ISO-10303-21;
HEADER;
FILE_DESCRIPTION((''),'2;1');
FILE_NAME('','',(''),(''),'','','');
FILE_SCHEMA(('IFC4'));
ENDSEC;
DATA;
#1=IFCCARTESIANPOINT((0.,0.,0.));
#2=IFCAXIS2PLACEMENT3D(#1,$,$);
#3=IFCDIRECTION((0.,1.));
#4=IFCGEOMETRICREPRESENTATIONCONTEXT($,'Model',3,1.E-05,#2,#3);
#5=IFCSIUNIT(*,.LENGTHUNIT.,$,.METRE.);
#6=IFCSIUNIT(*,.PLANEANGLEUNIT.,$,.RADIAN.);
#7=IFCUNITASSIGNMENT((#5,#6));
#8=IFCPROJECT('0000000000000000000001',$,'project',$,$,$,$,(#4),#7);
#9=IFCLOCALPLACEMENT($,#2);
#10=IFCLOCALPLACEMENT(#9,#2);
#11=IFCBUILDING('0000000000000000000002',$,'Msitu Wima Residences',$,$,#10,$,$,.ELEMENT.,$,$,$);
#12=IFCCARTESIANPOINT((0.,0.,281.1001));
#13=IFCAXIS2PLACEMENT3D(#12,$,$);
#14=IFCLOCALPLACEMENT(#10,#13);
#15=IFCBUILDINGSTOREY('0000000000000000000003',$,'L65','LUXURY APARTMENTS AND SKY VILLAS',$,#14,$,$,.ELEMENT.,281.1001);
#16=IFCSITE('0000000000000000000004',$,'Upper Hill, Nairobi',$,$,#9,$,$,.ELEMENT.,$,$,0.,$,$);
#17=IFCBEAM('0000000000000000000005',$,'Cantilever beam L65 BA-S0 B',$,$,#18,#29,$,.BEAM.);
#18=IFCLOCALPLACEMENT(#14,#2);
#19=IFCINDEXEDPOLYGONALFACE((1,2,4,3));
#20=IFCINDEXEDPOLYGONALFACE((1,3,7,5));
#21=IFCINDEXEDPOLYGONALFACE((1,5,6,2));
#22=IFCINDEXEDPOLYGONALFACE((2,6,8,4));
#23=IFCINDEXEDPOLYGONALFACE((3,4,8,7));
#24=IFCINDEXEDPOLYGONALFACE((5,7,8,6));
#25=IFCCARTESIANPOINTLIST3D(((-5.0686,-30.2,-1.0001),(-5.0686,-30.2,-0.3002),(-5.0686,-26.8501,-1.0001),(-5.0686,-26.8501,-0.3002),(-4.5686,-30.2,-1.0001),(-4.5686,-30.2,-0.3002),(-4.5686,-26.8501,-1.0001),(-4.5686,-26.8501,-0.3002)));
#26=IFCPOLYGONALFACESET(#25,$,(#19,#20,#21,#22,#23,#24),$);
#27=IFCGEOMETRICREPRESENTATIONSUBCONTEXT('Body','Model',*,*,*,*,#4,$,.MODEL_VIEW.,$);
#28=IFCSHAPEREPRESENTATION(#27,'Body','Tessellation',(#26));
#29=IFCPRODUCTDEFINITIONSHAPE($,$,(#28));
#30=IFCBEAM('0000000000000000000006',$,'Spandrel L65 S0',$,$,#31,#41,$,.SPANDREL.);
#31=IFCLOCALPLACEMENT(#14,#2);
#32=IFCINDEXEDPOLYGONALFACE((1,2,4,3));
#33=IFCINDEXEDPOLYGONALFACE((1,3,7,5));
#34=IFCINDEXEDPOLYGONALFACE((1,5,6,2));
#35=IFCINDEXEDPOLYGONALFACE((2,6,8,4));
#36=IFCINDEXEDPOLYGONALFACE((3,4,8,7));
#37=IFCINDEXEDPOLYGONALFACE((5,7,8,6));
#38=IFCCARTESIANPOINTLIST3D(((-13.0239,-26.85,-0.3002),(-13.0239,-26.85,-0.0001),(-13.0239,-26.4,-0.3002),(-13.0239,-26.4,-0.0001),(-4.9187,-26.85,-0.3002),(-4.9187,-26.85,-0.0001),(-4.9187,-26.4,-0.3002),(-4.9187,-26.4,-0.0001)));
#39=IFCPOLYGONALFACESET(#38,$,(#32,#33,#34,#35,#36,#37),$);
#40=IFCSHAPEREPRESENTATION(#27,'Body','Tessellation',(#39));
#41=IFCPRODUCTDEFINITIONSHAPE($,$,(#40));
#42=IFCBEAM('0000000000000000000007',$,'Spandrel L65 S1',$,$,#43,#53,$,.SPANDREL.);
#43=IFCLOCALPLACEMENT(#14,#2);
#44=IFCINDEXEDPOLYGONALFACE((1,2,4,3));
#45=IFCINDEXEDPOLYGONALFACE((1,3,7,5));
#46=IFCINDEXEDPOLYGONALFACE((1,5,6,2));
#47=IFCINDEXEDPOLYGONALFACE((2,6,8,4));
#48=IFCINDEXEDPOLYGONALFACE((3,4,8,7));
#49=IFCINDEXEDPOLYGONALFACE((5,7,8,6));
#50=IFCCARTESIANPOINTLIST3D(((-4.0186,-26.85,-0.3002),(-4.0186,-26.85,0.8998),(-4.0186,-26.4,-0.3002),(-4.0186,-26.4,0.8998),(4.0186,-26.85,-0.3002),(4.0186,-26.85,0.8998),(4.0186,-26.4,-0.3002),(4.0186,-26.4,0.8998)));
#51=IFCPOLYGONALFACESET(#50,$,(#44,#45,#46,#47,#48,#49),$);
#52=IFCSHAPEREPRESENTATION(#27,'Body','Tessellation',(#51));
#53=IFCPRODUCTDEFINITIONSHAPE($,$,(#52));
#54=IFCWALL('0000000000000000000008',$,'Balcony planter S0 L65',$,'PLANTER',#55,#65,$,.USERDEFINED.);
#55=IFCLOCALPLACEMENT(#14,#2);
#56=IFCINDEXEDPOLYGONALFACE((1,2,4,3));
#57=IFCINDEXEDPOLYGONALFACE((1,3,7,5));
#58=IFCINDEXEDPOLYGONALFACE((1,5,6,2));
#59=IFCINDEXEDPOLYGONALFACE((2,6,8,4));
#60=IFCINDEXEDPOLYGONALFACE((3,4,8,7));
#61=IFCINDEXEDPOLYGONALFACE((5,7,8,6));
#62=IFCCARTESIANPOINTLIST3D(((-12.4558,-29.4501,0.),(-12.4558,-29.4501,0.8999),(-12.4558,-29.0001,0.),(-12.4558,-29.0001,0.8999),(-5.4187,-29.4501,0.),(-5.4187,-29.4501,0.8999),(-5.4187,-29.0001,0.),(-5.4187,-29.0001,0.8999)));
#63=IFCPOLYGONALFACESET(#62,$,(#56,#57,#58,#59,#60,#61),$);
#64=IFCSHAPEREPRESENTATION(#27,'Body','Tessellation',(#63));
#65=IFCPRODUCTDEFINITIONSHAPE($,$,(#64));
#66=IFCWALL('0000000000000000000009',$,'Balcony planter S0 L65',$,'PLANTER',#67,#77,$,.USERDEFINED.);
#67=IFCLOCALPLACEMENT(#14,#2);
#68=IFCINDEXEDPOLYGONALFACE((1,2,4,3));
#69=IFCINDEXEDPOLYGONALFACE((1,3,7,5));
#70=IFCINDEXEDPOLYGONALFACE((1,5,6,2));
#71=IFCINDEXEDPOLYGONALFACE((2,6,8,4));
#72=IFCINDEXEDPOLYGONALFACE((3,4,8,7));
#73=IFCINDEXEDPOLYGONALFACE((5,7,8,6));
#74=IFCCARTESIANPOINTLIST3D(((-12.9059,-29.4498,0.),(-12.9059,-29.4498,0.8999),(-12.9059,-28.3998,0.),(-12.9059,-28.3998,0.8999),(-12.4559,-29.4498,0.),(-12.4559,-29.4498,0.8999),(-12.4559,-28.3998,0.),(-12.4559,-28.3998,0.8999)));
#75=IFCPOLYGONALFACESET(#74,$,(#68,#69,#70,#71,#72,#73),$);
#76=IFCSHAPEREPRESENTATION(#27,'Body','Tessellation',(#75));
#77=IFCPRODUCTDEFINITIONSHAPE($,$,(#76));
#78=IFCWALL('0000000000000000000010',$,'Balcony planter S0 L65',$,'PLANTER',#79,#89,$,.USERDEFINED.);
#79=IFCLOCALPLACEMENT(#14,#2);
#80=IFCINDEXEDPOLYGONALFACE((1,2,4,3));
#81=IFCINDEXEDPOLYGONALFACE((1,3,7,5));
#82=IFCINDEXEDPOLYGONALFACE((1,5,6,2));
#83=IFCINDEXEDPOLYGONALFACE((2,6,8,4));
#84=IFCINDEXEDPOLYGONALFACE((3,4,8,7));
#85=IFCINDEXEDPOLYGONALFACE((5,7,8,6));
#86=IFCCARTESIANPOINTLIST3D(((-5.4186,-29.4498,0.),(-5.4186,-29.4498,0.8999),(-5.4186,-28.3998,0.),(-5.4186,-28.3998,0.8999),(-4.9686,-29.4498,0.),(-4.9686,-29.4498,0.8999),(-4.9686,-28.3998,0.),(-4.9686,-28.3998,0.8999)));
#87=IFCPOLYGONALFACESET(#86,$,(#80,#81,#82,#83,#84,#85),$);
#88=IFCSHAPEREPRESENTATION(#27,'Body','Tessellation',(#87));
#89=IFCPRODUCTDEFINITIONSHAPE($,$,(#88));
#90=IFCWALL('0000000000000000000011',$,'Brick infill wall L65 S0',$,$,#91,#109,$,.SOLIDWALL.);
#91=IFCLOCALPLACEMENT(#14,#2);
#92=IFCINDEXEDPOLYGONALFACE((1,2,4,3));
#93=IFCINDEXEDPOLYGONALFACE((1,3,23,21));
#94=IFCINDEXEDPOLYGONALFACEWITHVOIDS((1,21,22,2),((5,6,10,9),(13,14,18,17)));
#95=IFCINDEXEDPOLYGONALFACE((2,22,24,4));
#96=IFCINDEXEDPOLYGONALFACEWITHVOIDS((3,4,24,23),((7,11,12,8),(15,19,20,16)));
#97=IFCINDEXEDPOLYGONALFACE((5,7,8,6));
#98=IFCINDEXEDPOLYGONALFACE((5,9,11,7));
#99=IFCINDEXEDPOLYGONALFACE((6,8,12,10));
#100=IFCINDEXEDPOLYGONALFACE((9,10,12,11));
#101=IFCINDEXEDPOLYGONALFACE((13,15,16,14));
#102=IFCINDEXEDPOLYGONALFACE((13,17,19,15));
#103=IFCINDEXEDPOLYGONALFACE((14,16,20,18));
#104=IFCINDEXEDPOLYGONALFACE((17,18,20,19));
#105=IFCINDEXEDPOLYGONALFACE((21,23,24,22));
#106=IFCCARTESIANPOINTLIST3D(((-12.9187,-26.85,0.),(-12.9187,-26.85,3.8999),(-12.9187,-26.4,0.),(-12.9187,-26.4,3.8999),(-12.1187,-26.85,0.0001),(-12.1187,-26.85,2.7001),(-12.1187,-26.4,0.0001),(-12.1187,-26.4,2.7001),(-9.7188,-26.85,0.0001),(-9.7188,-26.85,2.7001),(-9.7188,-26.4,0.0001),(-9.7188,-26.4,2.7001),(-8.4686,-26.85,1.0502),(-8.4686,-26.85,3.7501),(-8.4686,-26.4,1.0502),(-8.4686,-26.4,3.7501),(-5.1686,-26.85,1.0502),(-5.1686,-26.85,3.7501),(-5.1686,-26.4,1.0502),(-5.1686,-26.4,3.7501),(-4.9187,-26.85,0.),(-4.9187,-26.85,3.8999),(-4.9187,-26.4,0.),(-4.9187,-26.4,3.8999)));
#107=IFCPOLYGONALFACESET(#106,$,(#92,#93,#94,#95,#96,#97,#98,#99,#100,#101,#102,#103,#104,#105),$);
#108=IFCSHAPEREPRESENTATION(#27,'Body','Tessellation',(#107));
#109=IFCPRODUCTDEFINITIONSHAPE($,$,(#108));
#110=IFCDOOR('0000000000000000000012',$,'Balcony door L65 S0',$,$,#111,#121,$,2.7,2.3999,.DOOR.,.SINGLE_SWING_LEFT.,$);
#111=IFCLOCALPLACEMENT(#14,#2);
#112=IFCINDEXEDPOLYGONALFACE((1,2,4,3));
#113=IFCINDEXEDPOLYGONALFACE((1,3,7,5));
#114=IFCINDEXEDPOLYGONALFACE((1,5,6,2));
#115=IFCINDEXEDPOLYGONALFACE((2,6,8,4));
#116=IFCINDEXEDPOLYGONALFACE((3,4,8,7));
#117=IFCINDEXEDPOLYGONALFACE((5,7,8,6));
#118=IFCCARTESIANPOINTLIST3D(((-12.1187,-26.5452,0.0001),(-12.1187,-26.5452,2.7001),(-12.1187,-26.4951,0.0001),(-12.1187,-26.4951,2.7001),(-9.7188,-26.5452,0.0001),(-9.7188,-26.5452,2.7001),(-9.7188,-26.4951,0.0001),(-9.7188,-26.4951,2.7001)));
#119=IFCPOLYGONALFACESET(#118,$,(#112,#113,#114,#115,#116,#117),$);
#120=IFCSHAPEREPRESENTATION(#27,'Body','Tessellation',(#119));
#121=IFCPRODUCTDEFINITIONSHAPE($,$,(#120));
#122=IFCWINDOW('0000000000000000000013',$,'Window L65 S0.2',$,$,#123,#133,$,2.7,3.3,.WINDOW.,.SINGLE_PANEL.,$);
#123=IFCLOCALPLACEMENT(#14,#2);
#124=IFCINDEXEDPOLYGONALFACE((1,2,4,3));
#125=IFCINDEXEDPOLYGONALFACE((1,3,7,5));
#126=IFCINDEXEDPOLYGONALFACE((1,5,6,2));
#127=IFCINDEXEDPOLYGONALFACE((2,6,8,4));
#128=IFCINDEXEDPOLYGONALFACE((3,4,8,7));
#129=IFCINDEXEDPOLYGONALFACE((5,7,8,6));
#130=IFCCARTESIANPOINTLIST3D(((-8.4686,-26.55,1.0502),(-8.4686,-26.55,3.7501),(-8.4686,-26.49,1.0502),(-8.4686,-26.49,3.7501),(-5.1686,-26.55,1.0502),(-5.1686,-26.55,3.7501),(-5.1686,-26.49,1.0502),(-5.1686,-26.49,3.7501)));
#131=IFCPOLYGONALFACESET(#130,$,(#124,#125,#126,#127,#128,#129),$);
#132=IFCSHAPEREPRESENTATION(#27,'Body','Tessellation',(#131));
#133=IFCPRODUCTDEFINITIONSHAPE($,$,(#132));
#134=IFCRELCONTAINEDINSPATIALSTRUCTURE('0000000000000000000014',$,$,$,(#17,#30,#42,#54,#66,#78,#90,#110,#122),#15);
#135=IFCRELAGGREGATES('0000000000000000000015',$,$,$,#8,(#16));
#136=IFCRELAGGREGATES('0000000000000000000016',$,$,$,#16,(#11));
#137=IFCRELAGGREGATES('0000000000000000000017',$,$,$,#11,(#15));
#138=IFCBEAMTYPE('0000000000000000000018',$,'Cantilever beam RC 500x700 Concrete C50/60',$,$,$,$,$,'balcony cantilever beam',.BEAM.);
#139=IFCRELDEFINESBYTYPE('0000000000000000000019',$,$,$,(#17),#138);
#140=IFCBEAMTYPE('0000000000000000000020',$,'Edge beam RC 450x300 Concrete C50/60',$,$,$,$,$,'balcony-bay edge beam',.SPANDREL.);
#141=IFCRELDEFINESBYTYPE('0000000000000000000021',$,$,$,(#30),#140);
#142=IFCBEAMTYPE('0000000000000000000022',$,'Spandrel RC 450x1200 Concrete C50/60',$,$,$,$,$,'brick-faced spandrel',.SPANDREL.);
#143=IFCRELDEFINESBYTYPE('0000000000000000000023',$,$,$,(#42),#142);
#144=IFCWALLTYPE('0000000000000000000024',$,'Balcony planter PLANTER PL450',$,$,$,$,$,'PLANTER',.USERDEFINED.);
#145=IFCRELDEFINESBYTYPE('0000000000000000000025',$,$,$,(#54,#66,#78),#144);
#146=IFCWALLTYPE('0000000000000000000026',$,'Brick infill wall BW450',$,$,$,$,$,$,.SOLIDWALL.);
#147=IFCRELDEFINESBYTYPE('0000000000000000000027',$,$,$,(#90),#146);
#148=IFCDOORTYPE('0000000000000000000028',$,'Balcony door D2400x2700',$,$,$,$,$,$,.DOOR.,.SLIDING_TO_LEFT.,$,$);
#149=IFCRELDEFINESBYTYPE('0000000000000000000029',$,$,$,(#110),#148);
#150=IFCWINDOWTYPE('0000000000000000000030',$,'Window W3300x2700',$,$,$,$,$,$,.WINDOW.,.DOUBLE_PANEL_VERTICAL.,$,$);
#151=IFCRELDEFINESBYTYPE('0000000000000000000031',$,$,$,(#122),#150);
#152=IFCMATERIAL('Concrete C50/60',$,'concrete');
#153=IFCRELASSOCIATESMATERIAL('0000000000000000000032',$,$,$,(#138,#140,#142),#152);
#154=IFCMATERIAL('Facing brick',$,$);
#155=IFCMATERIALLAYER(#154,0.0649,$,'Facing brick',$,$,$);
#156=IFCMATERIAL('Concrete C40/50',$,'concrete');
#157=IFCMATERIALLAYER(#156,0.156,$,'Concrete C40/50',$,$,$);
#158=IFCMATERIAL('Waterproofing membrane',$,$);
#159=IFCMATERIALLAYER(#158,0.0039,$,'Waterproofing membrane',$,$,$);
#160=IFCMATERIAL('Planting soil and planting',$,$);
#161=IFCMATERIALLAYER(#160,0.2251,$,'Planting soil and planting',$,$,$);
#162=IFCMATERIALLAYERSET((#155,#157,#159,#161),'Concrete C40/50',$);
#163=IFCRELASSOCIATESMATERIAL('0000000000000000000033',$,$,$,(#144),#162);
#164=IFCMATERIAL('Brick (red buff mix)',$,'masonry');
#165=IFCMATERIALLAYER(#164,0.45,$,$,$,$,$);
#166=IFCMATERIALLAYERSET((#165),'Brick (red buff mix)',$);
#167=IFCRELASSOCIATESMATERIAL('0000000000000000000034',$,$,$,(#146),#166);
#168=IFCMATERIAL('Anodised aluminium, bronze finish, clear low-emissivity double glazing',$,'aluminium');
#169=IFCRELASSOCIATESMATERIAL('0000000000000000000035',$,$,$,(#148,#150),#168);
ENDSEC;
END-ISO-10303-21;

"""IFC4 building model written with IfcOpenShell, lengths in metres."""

from ifc_helpers import new_model, si_unit, direction, frame, frame_2d, origin, origin_2d, place, context, subcontext, project, spatial, rectangle, extrude, material, layer, layer_set, material_profile, profile_set, type_object, element, fill, save


model = new_model("IFC4")

# Units and contexts
model_context = context("Model", 3, precision=1e-05, world=origin(), true_north=direction((0.0, 1.0)))
body_context = subcontext(model_context, "Body", "Model", "MODEL_VIEW")
ifc_project = project(units=[si_unit("LENGTHUNIT", "METRE"), si_unit("PLANEANGLEUNIT", "RADIAN")], contexts=[model_context])

# Site, building, storey
site_placement = place(None, origin())
site = spatial("IfcSite", under=ifc_project, at=site_placement, Name="Upper Hill, Nairobi", CompositionType="ELEMENT", RefElevation=0.0)
building_placement = place(site_placement, origin())
building = spatial("IfcBuilding", under=site, at=building_placement, Name="Msitu Wima Residences", CompositionType="ELEMENT")
storey_placement = place(building_placement, frame((0.0, 0.0, 281.1001)))
storey = spatial("IfcBuildingStorey", under=building, at=storey_placement, Name="L65", Description="LUXURY APARTMENTS AND SKY VILLAS", CompositionType="ELEMENT", Elevation=281.1001)

# Beams
ifc_material_1 = material(Name="Concrete C50/60", Category="concrete")
ifc_material_profile_1 = material_profile(ifc_material_1, rectangle(XDim=0.5, YDim=0.7, at=origin_2d()), Name="RC 500x700")
ifc_profile_set_1 = profile_set([ifc_material_profile_1], Name="Concrete C50/60")
beam_type_1 = type_object("IfcBeamType", Name="Cantilever beam RC 500x700 Concrete C50/60", ElementType="balcony cantilever beam", PredefinedType="BEAM", material=ifc_profile_set_1)
beam_1_placement = place(storey_placement, frame((-4.8186, -26.8501, -0.6501), z_axis=(0.0, -1.0, 0.0), x_axis=(1.0, 0.0, 0.0)))
element("IfcBeam", 1, at=beam_1_placement, inside=storey, type_object=beam_type_1, Name="Cantilever beam L65 BA-S0 B", PredefinedType="BEAM", context=body_context, shape_type="SweptSolid", body=[
    extrude(rectangle(XDim=0.5, YDim=0.7, at=origin_2d()), origin(), (0.0, 0.0, 1.0), 3.3499),
])
ifc_material_profile_2 = material_profile(ifc_material_1, rectangle(XDim=0.45, YDim=0.3, at=origin_2d()), Name="RC 450x300")
ifc_profile_set_2 = profile_set([ifc_material_profile_2], Name="Concrete C50/60")
beam_type_2 = type_object("IfcBeamType", Name="Edge beam RC 450x300 Concrete C50/60", ElementType="balcony-bay edge beam", PredefinedType="SPANDREL", material=ifc_profile_set_2)
beam_2_placement = place(storey_placement, frame((-13.0239, -26.625, -0.1501), z_axis=(1.0, 0.0, 0.0), x_axis=(0.0, 1.0, 0.0)))
element("IfcBeam", 2, at=beam_2_placement, inside=storey, type_object=beam_type_2, Name="Spandrel L65 S0", PredefinedType="SPANDREL", context=body_context, shape_type="SweptSolid", body=[
    extrude(rectangle(XDim=0.45, YDim=0.3, at=origin_2d()), origin(), (0.0, 0.0, 1.0), 8.1052),
])
ifc_material_profile_3 = material_profile(ifc_material_1, rectangle(XDim=0.45, YDim=1.2, at=origin_2d()), Name="RC 450x1200")
ifc_profile_set_3 = profile_set([ifc_material_profile_3], Name="Concrete C50/60")
beam_type_3 = type_object("IfcBeamType", Name="Spandrel RC 450x1200 Concrete C50/60", ElementType="brick-faced spandrel", PredefinedType="SPANDREL", material=ifc_profile_set_3)
beam_3_placement = place(storey_placement, frame((-4.0186, -26.625, 0.2998), z_axis=(1.0, 0.0, 0.0), x_axis=(0.0, 1.0, 0.0)))
element("IfcBeam", 3, at=beam_3_placement, inside=storey, type_object=beam_type_3, Name="Spandrel L65 S1", PredefinedType="SPANDREL", context=body_context, shape_type="SweptSolid", body=[
    extrude(rectangle(XDim=0.45, YDim=1.2, at=origin_2d()), origin(), (0.0, 0.0, 1.0), 8.0371),
])

# Walls
ifc_material_2 = material(Name="Facing brick")
ifc_layer_1 = layer(ifc_material_2, 0.0649, Name="Facing brick")
ifc_material_3 = material(Name="Concrete C40/50", Category="concrete")
ifc_layer_2 = layer(ifc_material_3, 0.156, Name="Concrete C40/50")
ifc_material_4 = material(Name="Waterproofing membrane")
ifc_layer_3 = layer(ifc_material_4, 0.0039, Name="Waterproofing membrane")
ifc_material_5 = material(Name="Planting soil and planting")
ifc_layer_4 = layer(ifc_material_5, 0.2251, Name="Planting soil and planting")
ifc_layer_set_1 = layer_set([ifc_layer_1, ifc_layer_2, ifc_layer_3, ifc_layer_4], Name="Concrete C40/50")
wall_type_1 = type_object("IfcWallType", Name="Balcony planter PLANTER PL450", ElementType="PLANTER", PredefinedType="USERDEFINED", material=ifc_layer_set_1)
wall_1_placement = place(storey_placement, frame((-12.4558, -29.2251, 0.0), z_axis=(0.0, 0.0, 1.0), x_axis=(1.0, 0.0, 0.0)))
element("IfcWall", 4, at=wall_1_placement, inside=storey, type_object=wall_type_1, Name="Balcony planter S0 L65", ObjectType="PLANTER", PredefinedType="USERDEFINED", context=body_context, shape_type="SweptSolid", body=[
    extrude(rectangle(XDim=7.0371, YDim=0.45, at=frame_2d((3.5186, 0.0))), origin(), (0.0, 0.0, 1.0), 0.8999),
])
for number, where, z_axis, x_axis, name in (
    (5, (-12.6809, -28.3999, 0.0), (0.0, 0.0, 1.0), (0.0, -1.0, 0.0), "Balcony planter S0 L65"),
    (6, (-5.1936, -28.3999, 0.0), (0.0, 0.0, 1.0), (0.0, -1.0, 0.0), "Balcony planter S0 L65"),
):
    element("IfcWall", number, at=place(storey_placement, frame(where, z_axis=z_axis, x_axis=x_axis)), inside=storey, type_object=wall_type_1, Name=name, ObjectType="PLANTER", PredefinedType="USERDEFINED", context=body_context, shape_type="SweptSolid", body=[
        extrude(rectangle(XDim=1.05, YDim=0.45, at=frame_2d((0.5249, 0.0))), origin(), (0.0, 0.0, 1.0), 0.8999),
    ])

# Wall, openings, door, window
ifc_material_6 = material(Name="Brick (red buff mix)", Category="masonry")
ifc_layer_5 = layer(ifc_material_6, 0.45)
ifc_layer_set_2 = layer_set([ifc_layer_5], Name="Brick (red buff mix)")
wall_type_2 = type_object("IfcWallType", Name="Brick infill wall BW450", PredefinedType="SOLIDWALL", material=ifc_layer_set_2)
wall_2_placement = place(storey_placement, frame((-12.9187, -26.625, 0.0), z_axis=(0.0, 0.0, 1.0), x_axis=(1.0, 0.0, 0.0)))
wall_2 = element("IfcWall", 7, at=wall_2_placement, inside=storey, type_object=wall_type_2, Name="Brick infill wall L65 S0", PredefinedType="SOLIDWALL", context=body_context, shape_type="SweptSolid", body=[
    extrude(rectangle(XDim=8.0, YDim=0.45, at=frame_2d((4.0, 0.0))), origin(), (0.0, 0.0, 1.0), 3.8999),
])
opening_1_placement = place(wall_2_placement, frame((0.8, 0.0, 0.0)))
opening_1 = element("IfcOpeningElement", 8, at=opening_1_placement, cuts=wall_2, PredefinedType="OPENING", context=body_context, shape_type="SweptSolid", body=[
    extrude(rectangle(XDim=2.3999, YDim=2.7, at=frame_2d((1.2, 1.3501))), frame((0.0, 0.2349, 0.0), z_axis=(0.0, -1.0, 0.0), x_axis=(1.0, 0.0, 0.0)), (0.0, 0.0, 1.0), 0.47),
])
opening_2_placement = place(wall_2_placement, frame((4.4502, 0.0, 1.05)))
opening_2 = element("IfcOpeningElement", 9, at=opening_2_placement, cuts=wall_2, PredefinedType="OPENING", context=body_context, shape_type="SweptSolid", body=[
    extrude(rectangle(XDim=3.3, YDim=2.7, at=frame_2d((1.6499, 1.3501))), frame((0.0, 0.2349, 0.0), z_axis=(0.0, -1.0, 0.0), x_axis=(1.0, 0.0, 0.0)), (0.0, 0.0, 1.0), 0.47),
])
ifc_material_7 = material(Name="Anodised aluminium, bronze finish, clear low-emissivity double glazing", Category="aluminium")
door_type_1 = type_object("IfcDoorType", Name="Balcony door D2400x2700", OperationType="SLIDING_TO_LEFT", PredefinedType="DOOR", material=ifc_material_7)
door_1_placement = place(opening_1_placement, origin())
door_1 = element("IfcDoor", 10, at=door_1_placement, inside=storey, type_object=door_type_1, Name="Balcony door L65 S0", OperationType="SINGLE_SWING_LEFT", OverallHeight=2.7, OverallWidth=2.3999, PredefinedType="DOOR", context=body_context, shape_type="SweptSolid", body=[
    extrude(rectangle(XDim=2.3999, YDim=2.7, at=frame_2d((1.2, 1.3501))), frame((0.0, 0.1299, 0.0), z_axis=(0.0, -1.0, 0.0), x_axis=(1.0, 0.0, 0.0)), (0.0, 0.0, 1.0), 0.05),
])
fill(opening_1, door_1)
window_type = type_object("IfcWindowType", Name="Window W3300x2700", PartitioningType="DOUBLE_PANEL_VERTICAL", PredefinedType="WINDOW", material=ifc_material_7)
window_1_placement = place(opening_2_placement, origin())
window_1 = element("IfcWindow", 11, at=window_1_placement, inside=storey, type_object=window_type, Name="Window L65 S0.2", OverallHeight=2.7, OverallWidth=3.3, PartitioningType="SINGLE_PANEL", PredefinedType="WINDOW", context=body_context, shape_type="SweptSolid", body=[
    extrude(rectangle(XDim=3.3, YDim=2.7, at=frame_2d((1.6499, 1.3501))), frame((0.0, 0.135, 0.0), z_axis=(0.0, -1.0, 0.0), x_axis=(1.0, 0.0, 0.0)), (0.0, 0.0, 1.0), 0.0601),
])
fill(opening_2, window_1)

save(model, "model.ifc")
